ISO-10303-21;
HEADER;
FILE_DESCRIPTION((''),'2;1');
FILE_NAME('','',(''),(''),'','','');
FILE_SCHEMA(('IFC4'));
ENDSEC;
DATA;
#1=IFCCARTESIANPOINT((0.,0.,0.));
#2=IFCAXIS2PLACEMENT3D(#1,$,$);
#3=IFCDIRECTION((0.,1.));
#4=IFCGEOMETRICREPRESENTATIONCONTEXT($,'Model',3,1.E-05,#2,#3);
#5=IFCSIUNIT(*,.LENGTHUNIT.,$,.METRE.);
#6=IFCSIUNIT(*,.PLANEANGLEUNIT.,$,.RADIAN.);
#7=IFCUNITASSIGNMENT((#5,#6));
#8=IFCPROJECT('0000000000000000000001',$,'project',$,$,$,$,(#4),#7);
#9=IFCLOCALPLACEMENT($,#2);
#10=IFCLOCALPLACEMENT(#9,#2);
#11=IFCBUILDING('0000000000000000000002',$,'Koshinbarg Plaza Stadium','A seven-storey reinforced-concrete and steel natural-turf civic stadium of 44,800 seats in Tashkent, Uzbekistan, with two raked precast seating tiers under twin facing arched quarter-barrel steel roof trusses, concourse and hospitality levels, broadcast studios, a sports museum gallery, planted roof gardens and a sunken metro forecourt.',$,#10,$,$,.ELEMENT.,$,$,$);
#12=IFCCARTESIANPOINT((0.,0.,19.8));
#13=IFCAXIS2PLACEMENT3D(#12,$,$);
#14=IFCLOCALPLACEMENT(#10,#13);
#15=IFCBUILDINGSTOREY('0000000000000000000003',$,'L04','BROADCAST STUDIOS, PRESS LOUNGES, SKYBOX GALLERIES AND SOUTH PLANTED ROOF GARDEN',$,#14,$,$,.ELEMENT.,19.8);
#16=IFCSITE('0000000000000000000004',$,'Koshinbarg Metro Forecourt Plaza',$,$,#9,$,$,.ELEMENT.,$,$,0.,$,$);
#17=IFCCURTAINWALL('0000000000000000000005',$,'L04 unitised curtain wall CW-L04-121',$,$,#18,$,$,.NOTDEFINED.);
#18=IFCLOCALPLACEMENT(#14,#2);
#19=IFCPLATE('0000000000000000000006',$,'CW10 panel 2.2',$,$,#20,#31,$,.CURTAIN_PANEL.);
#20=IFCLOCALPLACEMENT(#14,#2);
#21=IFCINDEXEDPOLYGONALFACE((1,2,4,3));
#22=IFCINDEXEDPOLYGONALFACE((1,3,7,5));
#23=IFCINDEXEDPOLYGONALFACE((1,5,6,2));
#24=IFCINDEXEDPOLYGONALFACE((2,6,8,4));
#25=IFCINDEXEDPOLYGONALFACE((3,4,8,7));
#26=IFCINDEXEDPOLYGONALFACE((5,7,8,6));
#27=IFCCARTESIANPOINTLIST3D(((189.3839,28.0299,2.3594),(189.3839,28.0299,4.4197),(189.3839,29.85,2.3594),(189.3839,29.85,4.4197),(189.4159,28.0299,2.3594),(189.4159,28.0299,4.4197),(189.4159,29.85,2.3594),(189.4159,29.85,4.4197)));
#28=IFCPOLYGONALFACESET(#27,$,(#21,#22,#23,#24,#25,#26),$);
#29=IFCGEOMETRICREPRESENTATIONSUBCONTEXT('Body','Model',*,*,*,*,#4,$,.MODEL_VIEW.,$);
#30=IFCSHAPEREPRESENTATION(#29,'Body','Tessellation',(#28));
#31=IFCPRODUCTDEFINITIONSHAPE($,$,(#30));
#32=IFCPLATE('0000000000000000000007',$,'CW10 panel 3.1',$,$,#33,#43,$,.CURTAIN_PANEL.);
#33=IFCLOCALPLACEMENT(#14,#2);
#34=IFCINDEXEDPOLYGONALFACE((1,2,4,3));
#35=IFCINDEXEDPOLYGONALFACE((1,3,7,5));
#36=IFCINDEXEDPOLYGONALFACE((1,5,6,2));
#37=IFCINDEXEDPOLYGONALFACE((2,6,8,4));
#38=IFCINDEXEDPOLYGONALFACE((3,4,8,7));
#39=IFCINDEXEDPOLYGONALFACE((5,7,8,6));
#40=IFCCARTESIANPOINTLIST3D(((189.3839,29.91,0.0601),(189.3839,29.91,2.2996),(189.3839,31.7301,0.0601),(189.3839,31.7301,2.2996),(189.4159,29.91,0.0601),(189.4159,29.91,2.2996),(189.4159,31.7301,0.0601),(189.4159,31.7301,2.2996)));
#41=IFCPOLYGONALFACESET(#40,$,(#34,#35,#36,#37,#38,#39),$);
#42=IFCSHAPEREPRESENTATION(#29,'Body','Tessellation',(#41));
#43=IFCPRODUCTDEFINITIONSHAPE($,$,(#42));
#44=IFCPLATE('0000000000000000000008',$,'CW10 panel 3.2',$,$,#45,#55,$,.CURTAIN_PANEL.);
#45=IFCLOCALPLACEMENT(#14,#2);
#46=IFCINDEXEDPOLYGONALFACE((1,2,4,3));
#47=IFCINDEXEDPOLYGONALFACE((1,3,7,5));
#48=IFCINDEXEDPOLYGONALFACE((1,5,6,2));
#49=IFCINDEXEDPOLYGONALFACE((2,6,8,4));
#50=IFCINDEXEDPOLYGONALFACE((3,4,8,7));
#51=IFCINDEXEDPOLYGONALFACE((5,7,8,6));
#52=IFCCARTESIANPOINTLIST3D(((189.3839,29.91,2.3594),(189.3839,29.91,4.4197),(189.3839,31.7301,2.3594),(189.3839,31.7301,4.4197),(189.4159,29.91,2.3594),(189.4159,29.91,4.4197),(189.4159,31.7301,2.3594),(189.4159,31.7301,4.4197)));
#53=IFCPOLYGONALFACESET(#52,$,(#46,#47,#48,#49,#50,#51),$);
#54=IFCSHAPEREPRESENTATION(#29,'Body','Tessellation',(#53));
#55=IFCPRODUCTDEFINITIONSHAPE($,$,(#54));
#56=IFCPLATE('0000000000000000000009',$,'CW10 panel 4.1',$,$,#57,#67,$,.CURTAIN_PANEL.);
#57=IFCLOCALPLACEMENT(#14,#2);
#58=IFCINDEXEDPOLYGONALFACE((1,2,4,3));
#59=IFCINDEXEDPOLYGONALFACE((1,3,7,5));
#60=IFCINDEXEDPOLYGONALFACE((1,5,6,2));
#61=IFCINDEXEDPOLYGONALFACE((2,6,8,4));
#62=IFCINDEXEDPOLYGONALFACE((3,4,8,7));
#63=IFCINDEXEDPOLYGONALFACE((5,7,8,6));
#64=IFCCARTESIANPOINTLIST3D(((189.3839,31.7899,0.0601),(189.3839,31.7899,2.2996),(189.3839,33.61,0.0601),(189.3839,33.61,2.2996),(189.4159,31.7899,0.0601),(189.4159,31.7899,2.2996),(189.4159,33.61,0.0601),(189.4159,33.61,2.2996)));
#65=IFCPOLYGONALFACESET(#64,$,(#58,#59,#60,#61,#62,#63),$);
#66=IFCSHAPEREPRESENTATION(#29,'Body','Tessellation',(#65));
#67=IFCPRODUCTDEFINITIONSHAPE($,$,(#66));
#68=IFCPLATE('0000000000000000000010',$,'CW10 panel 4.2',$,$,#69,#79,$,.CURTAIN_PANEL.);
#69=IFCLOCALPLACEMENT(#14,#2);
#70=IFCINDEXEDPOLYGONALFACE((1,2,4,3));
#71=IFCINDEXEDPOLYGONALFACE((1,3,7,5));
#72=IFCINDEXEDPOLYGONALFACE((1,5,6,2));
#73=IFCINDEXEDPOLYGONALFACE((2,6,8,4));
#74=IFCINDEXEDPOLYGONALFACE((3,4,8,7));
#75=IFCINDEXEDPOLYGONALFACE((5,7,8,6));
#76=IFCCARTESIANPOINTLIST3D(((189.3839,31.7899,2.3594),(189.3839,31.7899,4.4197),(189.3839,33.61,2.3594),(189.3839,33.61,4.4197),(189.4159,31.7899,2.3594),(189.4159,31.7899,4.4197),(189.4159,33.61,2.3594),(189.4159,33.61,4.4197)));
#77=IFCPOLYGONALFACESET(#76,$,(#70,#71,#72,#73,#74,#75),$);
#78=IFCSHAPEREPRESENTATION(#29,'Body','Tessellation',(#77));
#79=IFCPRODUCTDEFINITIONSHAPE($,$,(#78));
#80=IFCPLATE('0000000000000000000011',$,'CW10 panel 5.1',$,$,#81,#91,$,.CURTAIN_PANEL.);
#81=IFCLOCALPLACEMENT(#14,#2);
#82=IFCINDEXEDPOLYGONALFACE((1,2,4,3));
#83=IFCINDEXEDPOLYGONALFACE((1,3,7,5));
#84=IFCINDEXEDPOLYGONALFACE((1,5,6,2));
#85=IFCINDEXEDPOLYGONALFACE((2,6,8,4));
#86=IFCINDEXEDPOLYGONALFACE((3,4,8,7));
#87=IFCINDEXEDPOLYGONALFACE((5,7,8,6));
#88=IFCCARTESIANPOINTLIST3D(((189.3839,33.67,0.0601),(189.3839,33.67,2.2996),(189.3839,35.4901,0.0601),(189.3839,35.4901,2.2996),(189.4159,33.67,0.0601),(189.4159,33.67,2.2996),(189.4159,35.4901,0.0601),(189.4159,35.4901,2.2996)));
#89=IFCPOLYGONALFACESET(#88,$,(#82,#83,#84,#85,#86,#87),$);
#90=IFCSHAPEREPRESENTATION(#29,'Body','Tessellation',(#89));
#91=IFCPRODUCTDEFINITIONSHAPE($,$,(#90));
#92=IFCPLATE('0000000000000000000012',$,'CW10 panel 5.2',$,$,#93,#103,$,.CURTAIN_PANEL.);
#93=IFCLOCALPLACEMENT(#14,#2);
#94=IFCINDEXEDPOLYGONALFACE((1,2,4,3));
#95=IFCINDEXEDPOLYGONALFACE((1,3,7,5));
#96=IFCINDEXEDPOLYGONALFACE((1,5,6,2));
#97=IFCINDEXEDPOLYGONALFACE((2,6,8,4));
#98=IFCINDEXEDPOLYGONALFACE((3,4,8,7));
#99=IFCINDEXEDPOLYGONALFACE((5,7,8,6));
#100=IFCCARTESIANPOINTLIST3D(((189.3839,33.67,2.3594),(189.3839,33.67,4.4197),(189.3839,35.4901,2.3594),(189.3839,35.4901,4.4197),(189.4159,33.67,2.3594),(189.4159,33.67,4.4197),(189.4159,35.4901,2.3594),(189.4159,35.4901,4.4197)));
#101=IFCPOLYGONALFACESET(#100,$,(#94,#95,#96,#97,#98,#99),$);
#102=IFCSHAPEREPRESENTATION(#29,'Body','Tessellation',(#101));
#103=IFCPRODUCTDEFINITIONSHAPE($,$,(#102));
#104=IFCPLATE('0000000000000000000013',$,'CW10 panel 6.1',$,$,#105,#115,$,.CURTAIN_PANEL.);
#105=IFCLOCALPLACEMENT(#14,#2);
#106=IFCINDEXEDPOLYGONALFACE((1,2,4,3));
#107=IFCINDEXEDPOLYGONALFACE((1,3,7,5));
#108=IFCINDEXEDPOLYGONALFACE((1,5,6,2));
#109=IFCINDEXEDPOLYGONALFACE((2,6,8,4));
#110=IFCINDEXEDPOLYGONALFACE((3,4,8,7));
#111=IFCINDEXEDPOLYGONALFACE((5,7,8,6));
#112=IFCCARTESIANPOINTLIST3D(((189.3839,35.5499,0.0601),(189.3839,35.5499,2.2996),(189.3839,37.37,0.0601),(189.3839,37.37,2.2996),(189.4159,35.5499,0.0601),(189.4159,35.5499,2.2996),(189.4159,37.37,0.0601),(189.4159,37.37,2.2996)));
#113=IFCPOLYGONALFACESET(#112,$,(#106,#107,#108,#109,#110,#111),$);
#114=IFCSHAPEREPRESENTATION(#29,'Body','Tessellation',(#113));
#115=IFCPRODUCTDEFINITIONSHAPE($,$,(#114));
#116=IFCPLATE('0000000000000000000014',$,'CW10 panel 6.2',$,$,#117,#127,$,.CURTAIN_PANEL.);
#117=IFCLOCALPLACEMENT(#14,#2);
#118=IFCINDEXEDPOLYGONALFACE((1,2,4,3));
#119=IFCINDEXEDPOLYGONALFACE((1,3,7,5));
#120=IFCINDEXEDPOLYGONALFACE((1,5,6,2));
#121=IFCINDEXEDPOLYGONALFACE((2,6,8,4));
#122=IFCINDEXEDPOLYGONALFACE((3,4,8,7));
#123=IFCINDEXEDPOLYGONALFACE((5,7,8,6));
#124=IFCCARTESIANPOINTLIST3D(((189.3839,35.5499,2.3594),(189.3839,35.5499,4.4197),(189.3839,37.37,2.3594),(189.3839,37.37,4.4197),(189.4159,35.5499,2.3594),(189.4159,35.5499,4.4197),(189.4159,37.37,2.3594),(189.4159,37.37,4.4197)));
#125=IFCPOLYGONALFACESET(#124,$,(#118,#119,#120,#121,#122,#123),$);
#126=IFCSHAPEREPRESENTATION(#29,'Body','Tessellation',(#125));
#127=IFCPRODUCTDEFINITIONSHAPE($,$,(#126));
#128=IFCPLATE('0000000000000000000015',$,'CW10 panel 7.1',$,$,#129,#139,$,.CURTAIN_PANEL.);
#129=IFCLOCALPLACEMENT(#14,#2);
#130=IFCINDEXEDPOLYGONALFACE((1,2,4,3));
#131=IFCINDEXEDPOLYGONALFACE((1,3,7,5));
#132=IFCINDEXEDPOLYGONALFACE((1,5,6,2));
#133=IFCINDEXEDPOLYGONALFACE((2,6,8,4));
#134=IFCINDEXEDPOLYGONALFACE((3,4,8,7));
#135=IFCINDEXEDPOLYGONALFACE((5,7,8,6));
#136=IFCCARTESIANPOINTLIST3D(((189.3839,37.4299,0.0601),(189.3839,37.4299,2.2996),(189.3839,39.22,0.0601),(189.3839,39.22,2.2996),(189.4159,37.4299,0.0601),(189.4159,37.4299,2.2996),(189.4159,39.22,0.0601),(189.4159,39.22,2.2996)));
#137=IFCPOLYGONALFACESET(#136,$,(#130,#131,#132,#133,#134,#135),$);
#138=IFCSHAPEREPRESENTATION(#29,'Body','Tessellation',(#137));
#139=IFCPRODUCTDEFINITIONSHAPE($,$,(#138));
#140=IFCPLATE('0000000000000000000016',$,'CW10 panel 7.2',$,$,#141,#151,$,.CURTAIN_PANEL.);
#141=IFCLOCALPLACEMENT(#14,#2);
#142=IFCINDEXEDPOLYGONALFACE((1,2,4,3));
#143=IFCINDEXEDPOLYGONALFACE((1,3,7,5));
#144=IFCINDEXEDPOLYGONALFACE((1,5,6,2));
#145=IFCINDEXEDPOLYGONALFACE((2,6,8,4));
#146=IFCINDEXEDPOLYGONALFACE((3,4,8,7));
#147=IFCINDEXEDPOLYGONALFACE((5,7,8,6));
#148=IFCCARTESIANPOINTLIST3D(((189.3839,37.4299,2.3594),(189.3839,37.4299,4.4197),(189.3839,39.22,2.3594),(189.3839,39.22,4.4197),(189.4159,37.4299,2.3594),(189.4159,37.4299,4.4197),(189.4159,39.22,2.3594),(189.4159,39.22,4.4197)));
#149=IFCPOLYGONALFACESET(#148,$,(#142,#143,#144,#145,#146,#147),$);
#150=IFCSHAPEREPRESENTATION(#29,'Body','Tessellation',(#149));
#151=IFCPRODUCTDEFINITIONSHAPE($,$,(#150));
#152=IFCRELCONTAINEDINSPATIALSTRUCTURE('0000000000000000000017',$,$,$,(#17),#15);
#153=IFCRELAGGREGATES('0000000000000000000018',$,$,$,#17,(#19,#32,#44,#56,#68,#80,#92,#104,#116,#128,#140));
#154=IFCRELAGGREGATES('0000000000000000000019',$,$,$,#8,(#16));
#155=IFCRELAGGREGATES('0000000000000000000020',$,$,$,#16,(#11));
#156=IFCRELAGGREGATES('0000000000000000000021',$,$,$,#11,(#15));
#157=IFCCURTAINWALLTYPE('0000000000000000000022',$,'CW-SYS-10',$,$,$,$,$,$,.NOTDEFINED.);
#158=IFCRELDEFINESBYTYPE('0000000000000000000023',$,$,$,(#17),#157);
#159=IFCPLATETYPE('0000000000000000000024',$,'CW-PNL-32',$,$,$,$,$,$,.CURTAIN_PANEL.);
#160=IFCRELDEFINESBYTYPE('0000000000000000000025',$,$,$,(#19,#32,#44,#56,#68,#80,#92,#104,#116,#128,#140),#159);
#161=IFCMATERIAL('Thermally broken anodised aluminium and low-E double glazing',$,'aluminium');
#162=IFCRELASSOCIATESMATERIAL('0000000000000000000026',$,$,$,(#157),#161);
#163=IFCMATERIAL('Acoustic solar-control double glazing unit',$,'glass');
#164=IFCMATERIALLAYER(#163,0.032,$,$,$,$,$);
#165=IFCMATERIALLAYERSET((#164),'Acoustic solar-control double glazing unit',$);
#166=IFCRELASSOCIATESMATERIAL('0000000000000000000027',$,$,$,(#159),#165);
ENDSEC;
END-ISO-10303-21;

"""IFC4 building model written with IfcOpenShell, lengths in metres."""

from ifc_helpers import new_model, si_unit, direction, frame, origin, origin_2d, place, context, subcontext, project, spatial, rectangle, extrude, material, layer, layer_set, type_object, element, aggregate, save


model = new_model("IFC4")

# Units and contexts
model_context = context("Model", 3, precision=1e-05, world=origin(), true_north=direction((0.0, 1.0)))
body_context = subcontext(model_context, "Body", "Model", "MODEL_VIEW")
ifc_project = project(units=[si_unit("LENGTHUNIT", "METRE"), si_unit("PLANEANGLEUNIT", "RADIAN")], contexts=[model_context])

# Site, building, storey
site_placement = place(None, origin())
site = spatial("IfcSite", under=ifc_project, at=site_placement, Name="Koshinbarg Metro Forecourt Plaza", CompositionType="ELEMENT", RefElevation=0.0)
building_placement = place(site_placement, origin())
building = spatial("IfcBuilding", under=site, at=building_placement, Name="Koshinbarg Plaza Stadium", Description="A seven-storey reinforced-concrete and steel natural-turf civic stadium of 44,800 seats in Tashkent, Uzbekistan, with two raked precast seating tiers under twin facing arched quarter-barrel steel roof trusses, concourse and hospitality levels, broadcast studios, a sports museum gallery, planted roof gardens and a sunken metro forecourt.", CompositionType="ELEMENT")
storey_placement = place(building_placement, frame((0.0, 0.0, 19.8)))
storey = spatial("IfcBuildingStorey", under=building, at=storey_placement, Name="L04", Description="BROADCAST STUDIOS, PRESS LOUNGES, SKYBOX GALLERIES AND SOUTH PLANTED ROOF GARDEN", CompositionType="ELEMENT", Elevation=19.8)

# Curtain wall
ifc_material_1 = material(Name="Thermally broken anodised aluminium and low-E double glazing", Category="aluminium")
curtain_wall_type_1 = type_object("IfcCurtainWallType", Name="CW-SYS-10", PredefinedType="NOTDEFINED", material=ifc_material_1)
curtain_wall_1_placement = place(storey_placement, origin())
curtain_wall_1 = element("IfcCurtainWall", 1, at=curtain_wall_1_placement, inside=storey, type_object=curtain_wall_type_1, Name="L04 unitised curtain wall CW-L04-121", PredefinedType="NOTDEFINED")

# Plates
ifc_material_2 = material(Name="Acoustic solar-control double glazing unit", Category="glass")
ifc_layer = layer(ifc_material_2, 0.032)
ifc_layer_set = layer_set([ifc_layer], Name="Acoustic solar-control double glazing unit")
plate_type = type_object("IfcPlateType", Name="CW-PNL-32", PredefinedType="CURTAIN_PANEL", material=ifc_layer_set)
plate_1_placement = place(storey_placement, frame((189.3999, 28.9399, 2.3594), z_axis=(0.0, 0.0, 1.0), x_axis=(0.0, 1.0, 0.0)))
plate_1 = element("IfcPlate", 2, at=plate_1_placement, type_object=plate_type, Name="CW10 panel 2.2", PredefinedType="CURTAIN_PANEL", context=body_context, shape_type="SweptSolid", body=[
    extrude(rectangle(XDim=1.8201, YDim=0.032, at=origin_2d()), origin(), (0.0, 0.0, 1.0), 2.0603),
])
plate_2_placement = place(storey_placement, frame((189.3999, 30.8201, 0.0601), z_axis=(0.0, 0.0, 1.0), x_axis=(0.0, 1.0, 0.0)))
plate_2 = element("IfcPlate", 3, at=plate_2_placement, type_object=plate_type, Name="CW10 panel 3.1", PredefinedType="CURTAIN_PANEL", context=body_context, shape_type="SweptSolid", body=[
    extrude(rectangle(XDim=1.8201, YDim=0.032, at=origin_2d()), origin(), (0.0, 0.0, 1.0), 2.2395),
])
plate_3_placement = place(storey_placement, frame((189.3999, 30.8201, 2.3594), z_axis=(0.0, 0.0, 1.0), x_axis=(0.0, 1.0, 0.0)))
plate_3 = element("IfcPlate", 4, at=plate_3_placement, type_object=plate_type, Name="CW10 panel 3.2", PredefinedType="CURTAIN_PANEL", context=body_context, shape_type="SweptSolid", body=[
    extrude(rectangle(XDim=1.8201, YDim=0.032, at=origin_2d()), origin(), (0.0, 0.0, 1.0), 2.0603),
])
plate_4_placement = place(storey_placement, frame((189.3999, 32.7, 0.0601), z_axis=(0.0, 0.0, 1.0), x_axis=(0.0, 1.0, 0.0)))
plate_4 = element("IfcPlate", 5, at=plate_4_placement, type_object=plate_type, Name="CW10 panel 4.1", PredefinedType="CURTAIN_PANEL", context=body_context, shape_type="SweptSolid", body=[
    extrude(rectangle(XDim=1.8201, YDim=0.032, at=origin_2d()), origin(), (0.0, 0.0, 1.0), 2.2395),
])
plate_5_placement = place(storey_placement, frame((189.3999, 32.7, 2.3594), z_axis=(0.0, 0.0, 1.0), x_axis=(0.0, 1.0, 0.0)))
plate_5 = element("IfcPlate", 6, at=plate_5_placement, type_object=plate_type, Name="CW10 panel 4.2", PredefinedType="CURTAIN_PANEL", context=body_context, shape_type="SweptSolid", body=[
    extrude(rectangle(XDim=1.8201, YDim=0.032, at=origin_2d()), origin(), (0.0, 0.0, 1.0), 2.0603),
])
plate_6_placement = place(storey_placement, frame((189.3999, 34.5801, 0.0601), z_axis=(0.0, 0.0, 1.0), x_axis=(0.0, 1.0, 0.0)))
plate_6 = element("IfcPlate", 7, at=plate_6_placement, type_object=plate_type, Name="CW10 panel 5.1", PredefinedType="CURTAIN_PANEL", context=body_context, shape_type="SweptSolid", body=[
    extrude(rectangle(XDim=1.8201, YDim=0.032, at=origin_2d()), origin(), (0.0, 0.0, 1.0), 2.2395),
])
plate_7_placement = place(storey_placement, frame((189.3999, 34.5801, 2.3594), z_axis=(0.0, 0.0, 1.0), x_axis=(0.0, 1.0, 0.0)))
plate_7 = element("IfcPlate", 8, at=plate_7_placement, type_object=plate_type, Name="CW10 panel 5.2", PredefinedType="CURTAIN_PANEL", context=body_context, shape_type="SweptSolid", body=[
    extrude(rectangle(XDim=1.8201, YDim=0.032, at=origin_2d()), origin(), (0.0, 0.0, 1.0), 2.0603),
])
plate_8_placement = place(storey_placement, frame((189.3999, 36.46, 0.0601), z_axis=(0.0, 0.0, 1.0), x_axis=(0.0, 1.0, 0.0)))
plate_8 = element("IfcPlate", 9, at=plate_8_placement, type_object=plate_type, Name="CW10 panel 6.1", PredefinedType="CURTAIN_PANEL", context=body_context, shape_type="SweptSolid", body=[
    extrude(rectangle(XDim=1.8201, YDim=0.032, at=origin_2d()), origin(), (0.0, 0.0, 1.0), 2.2395),
])
plate_9_placement = place(storey_placement, frame((189.3999, 36.46, 2.3594), z_axis=(0.0, 0.0, 1.0), x_axis=(0.0, 1.0, 0.0)))
plate_9 = element("IfcPlate", 10, at=plate_9_placement, type_object=plate_type, Name="CW10 panel 6.2", PredefinedType="CURTAIN_PANEL", context=body_context, shape_type="SweptSolid", body=[
    extrude(rectangle(XDim=1.8201, YDim=0.032, at=origin_2d()), origin(), (0.0, 0.0, 1.0), 2.0603),
])
plate_10_placement = place(storey_placement, frame((189.3999, 38.325, 0.0601), z_axis=(0.0, 0.0, 1.0), x_axis=(0.0, 1.0, 0.0)))
plate_10 = element("IfcPlate", 11, at=plate_10_placement, type_object=plate_type, Name="CW10 panel 7.1", PredefinedType="CURTAIN_PANEL", context=body_context, shape_type="SweptSolid", body=[
    extrude(rectangle(XDim=1.79, YDim=0.032, at=origin_2d()), origin(), (0.0, 0.0, 1.0), 2.2395),
])
plate_11_placement = place(storey_placement, frame((189.3999, 38.325, 2.3594), z_axis=(0.0, 0.0, 1.0), x_axis=(0.0, 1.0, 0.0)))
plate_11 = element("IfcPlate", 12, at=plate_11_placement, type_object=plate_type, Name="CW10 panel 7.2", PredefinedType="CURTAIN_PANEL", context=body_context, shape_type="SweptSolid", body=[
    extrude(rectangle(XDim=1.79, YDim=0.032, at=origin_2d()), origin(), (0.0, 0.0, 1.0), 2.0603),
])
aggregate(curtain_wall_1, [plate_1, plate_2, plate_3, plate_4, plate_5, plate_6, plate_7, plate_8, plate_9, plate_10, plate_11])

save(model, "model.ifc")
